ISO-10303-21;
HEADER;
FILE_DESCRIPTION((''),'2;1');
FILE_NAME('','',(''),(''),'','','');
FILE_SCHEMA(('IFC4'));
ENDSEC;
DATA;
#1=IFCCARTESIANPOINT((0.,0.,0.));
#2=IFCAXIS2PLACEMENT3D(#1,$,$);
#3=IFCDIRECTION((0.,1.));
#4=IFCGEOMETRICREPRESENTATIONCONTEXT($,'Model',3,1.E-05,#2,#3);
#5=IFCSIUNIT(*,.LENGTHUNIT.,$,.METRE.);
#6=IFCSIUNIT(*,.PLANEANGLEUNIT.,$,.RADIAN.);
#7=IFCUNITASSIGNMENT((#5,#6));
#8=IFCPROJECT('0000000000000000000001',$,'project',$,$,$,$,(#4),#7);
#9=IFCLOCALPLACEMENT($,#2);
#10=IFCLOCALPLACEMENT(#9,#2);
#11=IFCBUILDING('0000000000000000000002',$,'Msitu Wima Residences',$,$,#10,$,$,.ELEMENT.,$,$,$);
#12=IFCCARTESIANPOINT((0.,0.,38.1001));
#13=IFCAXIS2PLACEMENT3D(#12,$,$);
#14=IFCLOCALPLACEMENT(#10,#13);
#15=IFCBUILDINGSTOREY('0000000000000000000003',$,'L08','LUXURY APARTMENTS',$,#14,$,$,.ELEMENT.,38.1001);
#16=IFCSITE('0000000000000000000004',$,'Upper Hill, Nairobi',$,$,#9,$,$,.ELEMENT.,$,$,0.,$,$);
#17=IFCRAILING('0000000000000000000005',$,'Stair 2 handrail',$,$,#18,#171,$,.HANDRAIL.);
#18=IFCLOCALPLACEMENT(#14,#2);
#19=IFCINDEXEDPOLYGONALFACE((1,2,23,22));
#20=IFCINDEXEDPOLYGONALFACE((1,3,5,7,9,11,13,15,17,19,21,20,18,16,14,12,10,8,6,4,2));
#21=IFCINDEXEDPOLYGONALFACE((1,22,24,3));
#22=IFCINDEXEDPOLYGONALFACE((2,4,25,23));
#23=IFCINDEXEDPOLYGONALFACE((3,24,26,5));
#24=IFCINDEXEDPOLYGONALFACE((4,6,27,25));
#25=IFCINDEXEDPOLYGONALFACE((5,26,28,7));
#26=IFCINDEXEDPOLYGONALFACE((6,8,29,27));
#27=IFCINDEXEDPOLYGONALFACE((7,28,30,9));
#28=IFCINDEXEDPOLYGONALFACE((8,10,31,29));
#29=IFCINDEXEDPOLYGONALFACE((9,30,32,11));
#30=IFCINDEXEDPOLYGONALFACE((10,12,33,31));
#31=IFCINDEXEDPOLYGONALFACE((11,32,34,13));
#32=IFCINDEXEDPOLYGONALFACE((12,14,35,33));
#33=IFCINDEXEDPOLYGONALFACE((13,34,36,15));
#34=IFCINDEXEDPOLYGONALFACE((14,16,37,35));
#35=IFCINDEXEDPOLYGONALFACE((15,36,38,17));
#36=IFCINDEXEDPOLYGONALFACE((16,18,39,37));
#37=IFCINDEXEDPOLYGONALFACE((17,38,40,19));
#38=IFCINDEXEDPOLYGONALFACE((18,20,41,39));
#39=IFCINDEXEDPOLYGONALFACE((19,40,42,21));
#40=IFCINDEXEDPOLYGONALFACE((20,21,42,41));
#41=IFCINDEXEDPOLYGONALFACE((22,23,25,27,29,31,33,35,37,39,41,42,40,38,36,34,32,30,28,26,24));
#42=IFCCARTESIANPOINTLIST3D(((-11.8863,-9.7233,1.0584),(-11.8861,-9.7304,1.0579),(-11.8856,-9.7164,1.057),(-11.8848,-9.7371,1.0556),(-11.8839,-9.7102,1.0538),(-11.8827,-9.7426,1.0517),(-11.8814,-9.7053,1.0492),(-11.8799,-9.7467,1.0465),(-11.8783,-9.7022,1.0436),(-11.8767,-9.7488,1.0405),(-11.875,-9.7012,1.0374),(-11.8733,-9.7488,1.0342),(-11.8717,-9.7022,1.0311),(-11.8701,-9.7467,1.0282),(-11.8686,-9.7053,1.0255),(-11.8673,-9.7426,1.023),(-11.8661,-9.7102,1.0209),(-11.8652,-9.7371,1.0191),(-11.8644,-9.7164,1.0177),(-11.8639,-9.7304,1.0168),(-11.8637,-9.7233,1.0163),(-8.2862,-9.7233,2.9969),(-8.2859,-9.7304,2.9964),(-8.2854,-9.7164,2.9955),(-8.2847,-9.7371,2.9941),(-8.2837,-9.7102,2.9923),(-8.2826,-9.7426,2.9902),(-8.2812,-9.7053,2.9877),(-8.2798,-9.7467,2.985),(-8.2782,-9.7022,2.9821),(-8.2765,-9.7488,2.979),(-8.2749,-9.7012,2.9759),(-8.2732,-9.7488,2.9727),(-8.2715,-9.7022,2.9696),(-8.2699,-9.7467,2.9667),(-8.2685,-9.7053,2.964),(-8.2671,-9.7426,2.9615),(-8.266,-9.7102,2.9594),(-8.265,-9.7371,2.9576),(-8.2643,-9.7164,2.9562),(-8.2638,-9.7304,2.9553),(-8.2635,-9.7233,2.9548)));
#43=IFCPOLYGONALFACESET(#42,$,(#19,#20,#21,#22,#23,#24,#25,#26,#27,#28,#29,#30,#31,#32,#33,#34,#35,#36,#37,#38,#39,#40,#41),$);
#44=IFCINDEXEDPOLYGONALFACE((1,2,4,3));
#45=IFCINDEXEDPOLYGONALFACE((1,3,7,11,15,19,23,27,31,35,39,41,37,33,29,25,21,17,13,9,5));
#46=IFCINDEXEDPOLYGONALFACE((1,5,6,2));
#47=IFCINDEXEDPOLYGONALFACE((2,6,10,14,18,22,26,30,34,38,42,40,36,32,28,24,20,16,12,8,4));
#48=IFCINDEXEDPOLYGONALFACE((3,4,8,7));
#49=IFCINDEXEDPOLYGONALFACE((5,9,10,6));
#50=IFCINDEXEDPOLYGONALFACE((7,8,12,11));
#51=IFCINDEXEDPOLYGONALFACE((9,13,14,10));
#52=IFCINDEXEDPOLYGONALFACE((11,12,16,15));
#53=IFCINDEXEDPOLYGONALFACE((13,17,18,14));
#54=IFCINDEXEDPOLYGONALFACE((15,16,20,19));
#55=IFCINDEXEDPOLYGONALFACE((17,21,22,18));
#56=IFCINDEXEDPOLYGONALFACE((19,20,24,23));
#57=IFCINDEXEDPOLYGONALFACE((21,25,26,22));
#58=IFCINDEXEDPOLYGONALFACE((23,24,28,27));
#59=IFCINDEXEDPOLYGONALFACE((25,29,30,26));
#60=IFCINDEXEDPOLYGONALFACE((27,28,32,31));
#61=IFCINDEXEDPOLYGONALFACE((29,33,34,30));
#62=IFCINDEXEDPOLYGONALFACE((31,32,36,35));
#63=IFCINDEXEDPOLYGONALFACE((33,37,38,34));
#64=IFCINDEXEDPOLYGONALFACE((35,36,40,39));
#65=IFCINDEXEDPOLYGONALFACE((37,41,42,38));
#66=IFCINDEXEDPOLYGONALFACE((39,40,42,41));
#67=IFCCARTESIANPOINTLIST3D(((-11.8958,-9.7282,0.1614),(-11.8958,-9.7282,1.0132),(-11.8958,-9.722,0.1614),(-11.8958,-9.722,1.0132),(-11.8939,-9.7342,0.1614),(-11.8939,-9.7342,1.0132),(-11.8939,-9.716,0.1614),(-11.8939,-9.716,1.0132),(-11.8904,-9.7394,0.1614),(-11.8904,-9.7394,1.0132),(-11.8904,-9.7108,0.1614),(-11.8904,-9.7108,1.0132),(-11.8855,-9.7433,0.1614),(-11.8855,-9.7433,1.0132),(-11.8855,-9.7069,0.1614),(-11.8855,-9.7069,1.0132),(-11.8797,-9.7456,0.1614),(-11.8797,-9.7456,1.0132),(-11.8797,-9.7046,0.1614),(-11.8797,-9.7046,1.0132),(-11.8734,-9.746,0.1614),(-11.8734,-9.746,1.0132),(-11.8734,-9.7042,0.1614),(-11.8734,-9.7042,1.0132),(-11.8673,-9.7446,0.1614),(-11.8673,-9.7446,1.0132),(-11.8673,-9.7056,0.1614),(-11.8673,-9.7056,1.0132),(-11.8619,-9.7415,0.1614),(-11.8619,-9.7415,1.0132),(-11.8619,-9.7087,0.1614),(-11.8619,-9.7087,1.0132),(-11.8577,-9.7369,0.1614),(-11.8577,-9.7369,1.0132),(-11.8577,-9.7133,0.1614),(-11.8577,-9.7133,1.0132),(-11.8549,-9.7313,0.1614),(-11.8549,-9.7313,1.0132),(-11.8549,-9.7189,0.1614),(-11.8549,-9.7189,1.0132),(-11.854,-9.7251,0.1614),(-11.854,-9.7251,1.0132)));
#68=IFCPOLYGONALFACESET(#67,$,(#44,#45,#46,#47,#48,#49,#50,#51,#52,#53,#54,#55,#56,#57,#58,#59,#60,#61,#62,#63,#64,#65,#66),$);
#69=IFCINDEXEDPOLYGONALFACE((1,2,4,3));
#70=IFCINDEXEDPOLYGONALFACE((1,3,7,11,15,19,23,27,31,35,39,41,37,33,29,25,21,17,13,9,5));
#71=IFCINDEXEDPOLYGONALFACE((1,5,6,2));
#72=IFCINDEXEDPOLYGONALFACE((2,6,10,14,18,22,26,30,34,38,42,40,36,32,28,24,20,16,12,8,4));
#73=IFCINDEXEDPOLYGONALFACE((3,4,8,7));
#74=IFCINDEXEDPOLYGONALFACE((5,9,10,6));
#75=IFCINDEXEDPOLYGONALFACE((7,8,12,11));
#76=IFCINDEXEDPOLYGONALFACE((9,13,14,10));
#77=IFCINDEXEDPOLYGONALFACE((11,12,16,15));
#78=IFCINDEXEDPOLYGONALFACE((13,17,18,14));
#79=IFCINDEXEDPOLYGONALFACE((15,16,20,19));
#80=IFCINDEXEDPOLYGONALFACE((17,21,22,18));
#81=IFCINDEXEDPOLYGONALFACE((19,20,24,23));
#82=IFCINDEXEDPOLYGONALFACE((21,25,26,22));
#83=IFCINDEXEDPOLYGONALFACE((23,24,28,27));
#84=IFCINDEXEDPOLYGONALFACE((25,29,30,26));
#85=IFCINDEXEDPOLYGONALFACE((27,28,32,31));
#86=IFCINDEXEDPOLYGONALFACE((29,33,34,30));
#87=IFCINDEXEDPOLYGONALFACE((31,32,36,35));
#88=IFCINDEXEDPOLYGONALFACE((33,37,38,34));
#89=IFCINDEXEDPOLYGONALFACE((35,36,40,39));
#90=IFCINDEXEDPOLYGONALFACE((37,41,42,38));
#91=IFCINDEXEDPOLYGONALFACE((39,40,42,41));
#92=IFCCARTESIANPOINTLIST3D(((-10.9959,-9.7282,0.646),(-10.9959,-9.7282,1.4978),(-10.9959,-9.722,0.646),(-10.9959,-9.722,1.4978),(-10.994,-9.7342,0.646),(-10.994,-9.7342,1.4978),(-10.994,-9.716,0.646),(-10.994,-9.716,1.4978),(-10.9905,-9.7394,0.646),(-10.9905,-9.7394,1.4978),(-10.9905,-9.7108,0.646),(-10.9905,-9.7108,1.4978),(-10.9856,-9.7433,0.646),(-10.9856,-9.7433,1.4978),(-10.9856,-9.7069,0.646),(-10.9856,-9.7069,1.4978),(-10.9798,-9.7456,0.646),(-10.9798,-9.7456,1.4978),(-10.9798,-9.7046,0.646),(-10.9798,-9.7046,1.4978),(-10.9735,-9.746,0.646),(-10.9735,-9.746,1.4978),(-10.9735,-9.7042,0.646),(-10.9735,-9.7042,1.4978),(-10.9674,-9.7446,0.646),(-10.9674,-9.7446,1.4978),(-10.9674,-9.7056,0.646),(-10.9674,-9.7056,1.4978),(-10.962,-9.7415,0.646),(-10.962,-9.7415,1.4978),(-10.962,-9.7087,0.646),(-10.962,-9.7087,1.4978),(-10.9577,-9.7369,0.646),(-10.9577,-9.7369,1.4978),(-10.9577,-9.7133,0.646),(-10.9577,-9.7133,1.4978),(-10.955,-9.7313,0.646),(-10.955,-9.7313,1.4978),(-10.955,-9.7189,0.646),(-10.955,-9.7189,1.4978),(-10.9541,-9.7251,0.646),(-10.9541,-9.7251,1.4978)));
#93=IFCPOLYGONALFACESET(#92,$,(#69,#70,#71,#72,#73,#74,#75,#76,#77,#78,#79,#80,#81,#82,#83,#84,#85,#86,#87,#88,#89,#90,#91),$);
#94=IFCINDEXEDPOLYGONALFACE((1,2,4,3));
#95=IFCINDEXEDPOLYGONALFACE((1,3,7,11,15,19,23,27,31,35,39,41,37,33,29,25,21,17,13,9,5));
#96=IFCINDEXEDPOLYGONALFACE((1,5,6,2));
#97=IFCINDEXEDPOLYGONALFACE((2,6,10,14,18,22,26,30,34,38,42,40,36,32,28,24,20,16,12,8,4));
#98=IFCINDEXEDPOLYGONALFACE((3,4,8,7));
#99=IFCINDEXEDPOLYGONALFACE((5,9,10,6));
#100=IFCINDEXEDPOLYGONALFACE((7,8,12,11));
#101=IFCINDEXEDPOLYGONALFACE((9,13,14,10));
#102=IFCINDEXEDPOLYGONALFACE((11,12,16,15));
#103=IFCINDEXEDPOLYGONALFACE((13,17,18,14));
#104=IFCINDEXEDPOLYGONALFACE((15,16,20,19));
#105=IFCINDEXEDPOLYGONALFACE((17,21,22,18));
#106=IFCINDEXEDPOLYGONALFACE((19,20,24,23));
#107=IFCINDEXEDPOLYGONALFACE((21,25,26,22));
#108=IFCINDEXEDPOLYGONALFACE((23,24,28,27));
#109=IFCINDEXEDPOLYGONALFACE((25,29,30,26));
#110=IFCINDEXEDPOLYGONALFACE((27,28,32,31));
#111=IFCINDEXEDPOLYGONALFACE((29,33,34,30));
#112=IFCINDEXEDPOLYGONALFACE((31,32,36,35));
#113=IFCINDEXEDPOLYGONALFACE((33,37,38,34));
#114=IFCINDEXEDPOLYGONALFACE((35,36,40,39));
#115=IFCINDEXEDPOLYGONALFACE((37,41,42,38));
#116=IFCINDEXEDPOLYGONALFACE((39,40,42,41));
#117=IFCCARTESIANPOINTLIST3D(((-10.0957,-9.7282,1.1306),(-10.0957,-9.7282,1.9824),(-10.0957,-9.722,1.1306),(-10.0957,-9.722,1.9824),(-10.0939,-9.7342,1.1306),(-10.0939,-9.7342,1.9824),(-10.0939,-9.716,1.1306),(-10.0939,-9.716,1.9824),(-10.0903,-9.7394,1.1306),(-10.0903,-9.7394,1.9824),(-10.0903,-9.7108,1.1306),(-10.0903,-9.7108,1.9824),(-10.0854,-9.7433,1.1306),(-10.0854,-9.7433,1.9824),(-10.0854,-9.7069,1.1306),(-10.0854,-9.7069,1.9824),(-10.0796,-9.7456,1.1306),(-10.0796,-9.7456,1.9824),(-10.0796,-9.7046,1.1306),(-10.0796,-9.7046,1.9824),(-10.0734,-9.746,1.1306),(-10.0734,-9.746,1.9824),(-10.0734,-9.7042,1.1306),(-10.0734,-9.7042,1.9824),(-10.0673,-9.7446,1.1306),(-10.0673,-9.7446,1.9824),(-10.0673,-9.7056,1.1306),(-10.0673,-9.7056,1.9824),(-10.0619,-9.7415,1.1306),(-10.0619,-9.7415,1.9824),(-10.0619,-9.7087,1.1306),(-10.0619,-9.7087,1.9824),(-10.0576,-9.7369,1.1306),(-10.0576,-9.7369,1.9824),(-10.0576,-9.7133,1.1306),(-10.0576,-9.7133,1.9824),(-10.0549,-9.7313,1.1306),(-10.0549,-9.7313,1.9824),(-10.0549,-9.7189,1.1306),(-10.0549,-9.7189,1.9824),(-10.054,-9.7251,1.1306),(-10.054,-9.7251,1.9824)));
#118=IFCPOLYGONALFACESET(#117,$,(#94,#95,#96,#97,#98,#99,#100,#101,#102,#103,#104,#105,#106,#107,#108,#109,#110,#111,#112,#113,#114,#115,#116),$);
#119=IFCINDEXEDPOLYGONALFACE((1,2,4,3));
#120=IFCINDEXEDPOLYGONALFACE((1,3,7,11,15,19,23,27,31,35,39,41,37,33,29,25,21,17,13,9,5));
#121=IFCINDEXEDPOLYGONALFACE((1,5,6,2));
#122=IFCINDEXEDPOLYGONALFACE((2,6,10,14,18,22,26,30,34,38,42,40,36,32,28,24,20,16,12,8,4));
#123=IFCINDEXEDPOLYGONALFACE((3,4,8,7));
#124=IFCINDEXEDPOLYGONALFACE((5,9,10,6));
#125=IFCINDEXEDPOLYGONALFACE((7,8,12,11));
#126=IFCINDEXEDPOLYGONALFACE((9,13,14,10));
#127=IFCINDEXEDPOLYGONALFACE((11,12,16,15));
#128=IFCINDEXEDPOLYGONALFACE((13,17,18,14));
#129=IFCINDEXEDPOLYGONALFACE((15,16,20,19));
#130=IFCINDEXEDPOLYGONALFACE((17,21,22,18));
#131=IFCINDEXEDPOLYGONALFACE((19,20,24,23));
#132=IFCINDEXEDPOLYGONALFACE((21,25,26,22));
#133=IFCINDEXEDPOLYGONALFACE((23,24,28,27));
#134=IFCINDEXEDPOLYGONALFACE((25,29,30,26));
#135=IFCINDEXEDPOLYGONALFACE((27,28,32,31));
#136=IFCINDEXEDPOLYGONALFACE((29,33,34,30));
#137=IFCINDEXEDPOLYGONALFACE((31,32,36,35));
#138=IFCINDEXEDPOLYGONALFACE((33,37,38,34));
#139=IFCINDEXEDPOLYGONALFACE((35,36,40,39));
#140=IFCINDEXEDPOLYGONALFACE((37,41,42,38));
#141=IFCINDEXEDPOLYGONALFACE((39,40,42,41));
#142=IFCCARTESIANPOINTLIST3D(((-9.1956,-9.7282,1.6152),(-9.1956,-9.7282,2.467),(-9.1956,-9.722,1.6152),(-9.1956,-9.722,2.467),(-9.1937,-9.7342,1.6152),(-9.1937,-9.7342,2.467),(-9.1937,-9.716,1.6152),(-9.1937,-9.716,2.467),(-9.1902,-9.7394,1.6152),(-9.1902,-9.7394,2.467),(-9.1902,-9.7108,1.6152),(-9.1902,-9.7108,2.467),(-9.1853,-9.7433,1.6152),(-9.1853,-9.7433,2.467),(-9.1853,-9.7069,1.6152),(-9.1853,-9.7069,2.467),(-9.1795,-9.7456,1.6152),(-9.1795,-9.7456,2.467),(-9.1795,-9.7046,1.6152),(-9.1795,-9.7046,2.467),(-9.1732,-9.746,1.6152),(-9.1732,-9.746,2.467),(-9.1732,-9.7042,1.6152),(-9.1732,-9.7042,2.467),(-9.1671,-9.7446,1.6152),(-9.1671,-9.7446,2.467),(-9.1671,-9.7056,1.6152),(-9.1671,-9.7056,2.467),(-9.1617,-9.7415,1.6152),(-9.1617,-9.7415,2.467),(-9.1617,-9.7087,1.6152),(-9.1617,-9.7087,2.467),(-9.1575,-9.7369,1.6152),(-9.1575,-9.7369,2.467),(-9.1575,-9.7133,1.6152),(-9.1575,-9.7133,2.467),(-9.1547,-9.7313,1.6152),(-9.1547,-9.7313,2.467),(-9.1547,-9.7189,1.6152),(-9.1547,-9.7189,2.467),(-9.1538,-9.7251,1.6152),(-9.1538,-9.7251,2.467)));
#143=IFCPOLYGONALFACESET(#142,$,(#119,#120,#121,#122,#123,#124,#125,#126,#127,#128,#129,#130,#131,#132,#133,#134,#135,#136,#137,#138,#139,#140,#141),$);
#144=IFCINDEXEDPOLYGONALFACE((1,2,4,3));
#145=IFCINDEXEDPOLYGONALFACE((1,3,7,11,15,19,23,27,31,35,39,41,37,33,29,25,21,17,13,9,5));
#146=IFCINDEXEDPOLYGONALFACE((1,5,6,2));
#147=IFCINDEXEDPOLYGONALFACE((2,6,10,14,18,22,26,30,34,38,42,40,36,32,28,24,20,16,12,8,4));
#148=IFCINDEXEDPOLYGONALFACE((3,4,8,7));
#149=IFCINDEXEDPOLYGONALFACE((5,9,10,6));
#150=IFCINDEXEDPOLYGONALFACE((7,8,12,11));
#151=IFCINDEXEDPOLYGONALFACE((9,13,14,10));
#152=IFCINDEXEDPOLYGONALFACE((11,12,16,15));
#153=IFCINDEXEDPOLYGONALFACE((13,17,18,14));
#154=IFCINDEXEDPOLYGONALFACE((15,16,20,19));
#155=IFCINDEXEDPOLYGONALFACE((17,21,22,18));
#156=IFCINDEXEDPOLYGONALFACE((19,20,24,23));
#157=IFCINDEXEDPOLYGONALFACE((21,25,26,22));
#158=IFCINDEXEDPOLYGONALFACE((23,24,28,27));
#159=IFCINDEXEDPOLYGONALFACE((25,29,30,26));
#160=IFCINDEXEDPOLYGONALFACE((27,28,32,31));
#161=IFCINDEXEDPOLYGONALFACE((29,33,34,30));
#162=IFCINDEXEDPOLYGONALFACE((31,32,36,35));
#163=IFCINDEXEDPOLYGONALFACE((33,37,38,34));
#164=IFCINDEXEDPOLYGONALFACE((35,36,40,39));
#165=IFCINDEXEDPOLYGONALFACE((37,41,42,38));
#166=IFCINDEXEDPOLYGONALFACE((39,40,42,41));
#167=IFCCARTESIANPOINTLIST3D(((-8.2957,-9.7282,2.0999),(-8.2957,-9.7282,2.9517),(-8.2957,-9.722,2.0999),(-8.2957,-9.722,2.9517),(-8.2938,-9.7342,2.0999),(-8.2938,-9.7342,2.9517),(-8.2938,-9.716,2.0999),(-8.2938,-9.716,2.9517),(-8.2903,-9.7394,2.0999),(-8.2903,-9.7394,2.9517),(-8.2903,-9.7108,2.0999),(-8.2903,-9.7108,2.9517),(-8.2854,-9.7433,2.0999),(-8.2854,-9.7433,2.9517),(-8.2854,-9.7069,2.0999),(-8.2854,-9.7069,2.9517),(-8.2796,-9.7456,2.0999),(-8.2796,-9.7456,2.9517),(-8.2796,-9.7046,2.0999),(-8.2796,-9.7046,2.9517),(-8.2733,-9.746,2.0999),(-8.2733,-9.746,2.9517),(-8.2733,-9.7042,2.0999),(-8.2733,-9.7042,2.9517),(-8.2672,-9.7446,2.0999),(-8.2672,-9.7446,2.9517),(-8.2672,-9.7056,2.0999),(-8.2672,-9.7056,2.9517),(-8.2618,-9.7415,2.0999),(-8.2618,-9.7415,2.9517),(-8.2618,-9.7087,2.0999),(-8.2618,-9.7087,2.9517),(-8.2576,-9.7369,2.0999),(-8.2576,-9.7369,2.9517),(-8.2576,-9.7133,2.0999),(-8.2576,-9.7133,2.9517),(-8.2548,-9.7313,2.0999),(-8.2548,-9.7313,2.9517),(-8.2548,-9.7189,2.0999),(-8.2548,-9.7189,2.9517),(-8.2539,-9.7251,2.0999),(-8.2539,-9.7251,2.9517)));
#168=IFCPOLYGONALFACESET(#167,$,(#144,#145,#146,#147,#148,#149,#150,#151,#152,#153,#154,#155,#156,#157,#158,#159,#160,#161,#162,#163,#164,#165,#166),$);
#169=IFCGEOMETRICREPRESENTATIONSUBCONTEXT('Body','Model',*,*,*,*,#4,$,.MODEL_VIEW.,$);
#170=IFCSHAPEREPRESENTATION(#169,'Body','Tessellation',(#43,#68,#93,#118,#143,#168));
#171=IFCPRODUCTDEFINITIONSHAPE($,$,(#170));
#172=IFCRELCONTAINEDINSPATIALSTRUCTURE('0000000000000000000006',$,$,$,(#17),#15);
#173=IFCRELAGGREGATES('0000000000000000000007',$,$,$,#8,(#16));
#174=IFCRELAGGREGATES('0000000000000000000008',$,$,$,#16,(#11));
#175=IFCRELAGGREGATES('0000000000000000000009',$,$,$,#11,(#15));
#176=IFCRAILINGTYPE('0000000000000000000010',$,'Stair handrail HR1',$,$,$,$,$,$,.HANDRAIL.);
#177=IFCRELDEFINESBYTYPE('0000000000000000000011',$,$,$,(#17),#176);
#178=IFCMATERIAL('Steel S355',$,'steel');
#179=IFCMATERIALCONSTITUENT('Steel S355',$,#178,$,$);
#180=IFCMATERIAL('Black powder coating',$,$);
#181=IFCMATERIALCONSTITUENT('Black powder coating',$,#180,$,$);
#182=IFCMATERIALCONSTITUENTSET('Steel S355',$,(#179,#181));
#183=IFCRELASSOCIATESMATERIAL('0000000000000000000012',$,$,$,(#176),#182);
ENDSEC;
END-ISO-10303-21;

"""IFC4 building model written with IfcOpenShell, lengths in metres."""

from ifc_helpers import new_model, si_unit, direction, frame, origin, origin_2d, place, context, subcontext, project, spatial, circle, extrude, material, constituent, constituent_set, type_object, element, save


model = new_model("IFC4")

# Units and contexts
model_context = context("Model", 3, precision=1e-05, world=origin(), true_north=direction((0.0, 1.0)))
body_context = subcontext(model_context, "Body", "Model", "MODEL_VIEW")
ifc_project = project(units=[si_unit("LENGTHUNIT", "METRE"), si_unit("PLANEANGLEUNIT", "RADIAN")], contexts=[model_context])

# Site, building, storey
site_placement = place(None, origin())
site = spatial("IfcSite", under=ifc_project, at=site_placement, Name="Upper Hill, Nairobi", CompositionType="ELEMENT", RefElevation=0.0)
building_placement = place(site_placement, origin())
building = spatial("IfcBuilding", under=site, at=building_placement, Name="Msitu Wima Residences", CompositionType="ELEMENT")
storey_placement = place(building_placement, frame((0.0, 0.0, 38.1001)))
storey = spatial("IfcBuildingStorey", under=building, at=storey_placement, Name="L08", Description="LUXURY APARTMENTS", CompositionType="ELEMENT", Elevation=38.1001)

# Railing
ifc_material_1 = material(Name="Steel S355", Category="steel")
ifc_constituent_1 = constituent(ifc_material_1, Name="Steel S355")
ifc_material_2 = material(Name="Black powder coating")
ifc_constituent_2 = constituent(ifc_material_2, Name="Black powder coating")
ifc_constituent_set = constituent_set(constituents=[ifc_constituent_1, ifc_constituent_2], Name="Steel S355")
railing_type = type_object("IfcRailingType", Name="Stair handrail HR1", PredefinedType="HANDRAIL", material=ifc_constituent_set)
for number, where, name in (
    (1, (-11.875, -9.7251, 0.1614), "Stair 2 handrail"),
):
    element("IfcRailing", number, at=place(storey_placement, frame(where)), inside=storey, type_object=railing_type, Name=name, PredefinedType="HANDRAIL", context=body_context, shape_type="SweptSolid", body=[
        extrude(circle(Radius=0.0239, at=origin_2d()), frame((0.0, 0.0, 0.876), z_axis=(0.880475, 0.0, 0.474093), x_axis=(0.0, 1.0, 0.0)), (0.0, 0.0, 1.0), 4.0889),
        extrude(circle(Radius=0.021, at=origin_2d()), origin(), (0.0, 0.0, 1.0), 0.8518),
        extrude(circle(Radius=0.021, at=origin_2d()), frame((0.8999, 0.0, 0.4846)), (0.0, 0.0, 1.0), 0.8518),
        extrude(circle(Radius=0.021, at=origin_2d()), frame((1.8, 0.0, 0.9692)), (0.0, 0.0, 1.0), 0.8518),
        extrude(circle(Radius=0.021, at=origin_2d()), frame((2.7002, 0.0, 1.4539)), (0.0, 0.0, 1.0), 0.8518),
        extrude(circle(Radius=0.021, at=origin_2d()), frame((3.6001, 0.0, 1.9385)), (0.0, 0.0, 1.0), 0.8518),
    ])

save(model, "model.ifc")
